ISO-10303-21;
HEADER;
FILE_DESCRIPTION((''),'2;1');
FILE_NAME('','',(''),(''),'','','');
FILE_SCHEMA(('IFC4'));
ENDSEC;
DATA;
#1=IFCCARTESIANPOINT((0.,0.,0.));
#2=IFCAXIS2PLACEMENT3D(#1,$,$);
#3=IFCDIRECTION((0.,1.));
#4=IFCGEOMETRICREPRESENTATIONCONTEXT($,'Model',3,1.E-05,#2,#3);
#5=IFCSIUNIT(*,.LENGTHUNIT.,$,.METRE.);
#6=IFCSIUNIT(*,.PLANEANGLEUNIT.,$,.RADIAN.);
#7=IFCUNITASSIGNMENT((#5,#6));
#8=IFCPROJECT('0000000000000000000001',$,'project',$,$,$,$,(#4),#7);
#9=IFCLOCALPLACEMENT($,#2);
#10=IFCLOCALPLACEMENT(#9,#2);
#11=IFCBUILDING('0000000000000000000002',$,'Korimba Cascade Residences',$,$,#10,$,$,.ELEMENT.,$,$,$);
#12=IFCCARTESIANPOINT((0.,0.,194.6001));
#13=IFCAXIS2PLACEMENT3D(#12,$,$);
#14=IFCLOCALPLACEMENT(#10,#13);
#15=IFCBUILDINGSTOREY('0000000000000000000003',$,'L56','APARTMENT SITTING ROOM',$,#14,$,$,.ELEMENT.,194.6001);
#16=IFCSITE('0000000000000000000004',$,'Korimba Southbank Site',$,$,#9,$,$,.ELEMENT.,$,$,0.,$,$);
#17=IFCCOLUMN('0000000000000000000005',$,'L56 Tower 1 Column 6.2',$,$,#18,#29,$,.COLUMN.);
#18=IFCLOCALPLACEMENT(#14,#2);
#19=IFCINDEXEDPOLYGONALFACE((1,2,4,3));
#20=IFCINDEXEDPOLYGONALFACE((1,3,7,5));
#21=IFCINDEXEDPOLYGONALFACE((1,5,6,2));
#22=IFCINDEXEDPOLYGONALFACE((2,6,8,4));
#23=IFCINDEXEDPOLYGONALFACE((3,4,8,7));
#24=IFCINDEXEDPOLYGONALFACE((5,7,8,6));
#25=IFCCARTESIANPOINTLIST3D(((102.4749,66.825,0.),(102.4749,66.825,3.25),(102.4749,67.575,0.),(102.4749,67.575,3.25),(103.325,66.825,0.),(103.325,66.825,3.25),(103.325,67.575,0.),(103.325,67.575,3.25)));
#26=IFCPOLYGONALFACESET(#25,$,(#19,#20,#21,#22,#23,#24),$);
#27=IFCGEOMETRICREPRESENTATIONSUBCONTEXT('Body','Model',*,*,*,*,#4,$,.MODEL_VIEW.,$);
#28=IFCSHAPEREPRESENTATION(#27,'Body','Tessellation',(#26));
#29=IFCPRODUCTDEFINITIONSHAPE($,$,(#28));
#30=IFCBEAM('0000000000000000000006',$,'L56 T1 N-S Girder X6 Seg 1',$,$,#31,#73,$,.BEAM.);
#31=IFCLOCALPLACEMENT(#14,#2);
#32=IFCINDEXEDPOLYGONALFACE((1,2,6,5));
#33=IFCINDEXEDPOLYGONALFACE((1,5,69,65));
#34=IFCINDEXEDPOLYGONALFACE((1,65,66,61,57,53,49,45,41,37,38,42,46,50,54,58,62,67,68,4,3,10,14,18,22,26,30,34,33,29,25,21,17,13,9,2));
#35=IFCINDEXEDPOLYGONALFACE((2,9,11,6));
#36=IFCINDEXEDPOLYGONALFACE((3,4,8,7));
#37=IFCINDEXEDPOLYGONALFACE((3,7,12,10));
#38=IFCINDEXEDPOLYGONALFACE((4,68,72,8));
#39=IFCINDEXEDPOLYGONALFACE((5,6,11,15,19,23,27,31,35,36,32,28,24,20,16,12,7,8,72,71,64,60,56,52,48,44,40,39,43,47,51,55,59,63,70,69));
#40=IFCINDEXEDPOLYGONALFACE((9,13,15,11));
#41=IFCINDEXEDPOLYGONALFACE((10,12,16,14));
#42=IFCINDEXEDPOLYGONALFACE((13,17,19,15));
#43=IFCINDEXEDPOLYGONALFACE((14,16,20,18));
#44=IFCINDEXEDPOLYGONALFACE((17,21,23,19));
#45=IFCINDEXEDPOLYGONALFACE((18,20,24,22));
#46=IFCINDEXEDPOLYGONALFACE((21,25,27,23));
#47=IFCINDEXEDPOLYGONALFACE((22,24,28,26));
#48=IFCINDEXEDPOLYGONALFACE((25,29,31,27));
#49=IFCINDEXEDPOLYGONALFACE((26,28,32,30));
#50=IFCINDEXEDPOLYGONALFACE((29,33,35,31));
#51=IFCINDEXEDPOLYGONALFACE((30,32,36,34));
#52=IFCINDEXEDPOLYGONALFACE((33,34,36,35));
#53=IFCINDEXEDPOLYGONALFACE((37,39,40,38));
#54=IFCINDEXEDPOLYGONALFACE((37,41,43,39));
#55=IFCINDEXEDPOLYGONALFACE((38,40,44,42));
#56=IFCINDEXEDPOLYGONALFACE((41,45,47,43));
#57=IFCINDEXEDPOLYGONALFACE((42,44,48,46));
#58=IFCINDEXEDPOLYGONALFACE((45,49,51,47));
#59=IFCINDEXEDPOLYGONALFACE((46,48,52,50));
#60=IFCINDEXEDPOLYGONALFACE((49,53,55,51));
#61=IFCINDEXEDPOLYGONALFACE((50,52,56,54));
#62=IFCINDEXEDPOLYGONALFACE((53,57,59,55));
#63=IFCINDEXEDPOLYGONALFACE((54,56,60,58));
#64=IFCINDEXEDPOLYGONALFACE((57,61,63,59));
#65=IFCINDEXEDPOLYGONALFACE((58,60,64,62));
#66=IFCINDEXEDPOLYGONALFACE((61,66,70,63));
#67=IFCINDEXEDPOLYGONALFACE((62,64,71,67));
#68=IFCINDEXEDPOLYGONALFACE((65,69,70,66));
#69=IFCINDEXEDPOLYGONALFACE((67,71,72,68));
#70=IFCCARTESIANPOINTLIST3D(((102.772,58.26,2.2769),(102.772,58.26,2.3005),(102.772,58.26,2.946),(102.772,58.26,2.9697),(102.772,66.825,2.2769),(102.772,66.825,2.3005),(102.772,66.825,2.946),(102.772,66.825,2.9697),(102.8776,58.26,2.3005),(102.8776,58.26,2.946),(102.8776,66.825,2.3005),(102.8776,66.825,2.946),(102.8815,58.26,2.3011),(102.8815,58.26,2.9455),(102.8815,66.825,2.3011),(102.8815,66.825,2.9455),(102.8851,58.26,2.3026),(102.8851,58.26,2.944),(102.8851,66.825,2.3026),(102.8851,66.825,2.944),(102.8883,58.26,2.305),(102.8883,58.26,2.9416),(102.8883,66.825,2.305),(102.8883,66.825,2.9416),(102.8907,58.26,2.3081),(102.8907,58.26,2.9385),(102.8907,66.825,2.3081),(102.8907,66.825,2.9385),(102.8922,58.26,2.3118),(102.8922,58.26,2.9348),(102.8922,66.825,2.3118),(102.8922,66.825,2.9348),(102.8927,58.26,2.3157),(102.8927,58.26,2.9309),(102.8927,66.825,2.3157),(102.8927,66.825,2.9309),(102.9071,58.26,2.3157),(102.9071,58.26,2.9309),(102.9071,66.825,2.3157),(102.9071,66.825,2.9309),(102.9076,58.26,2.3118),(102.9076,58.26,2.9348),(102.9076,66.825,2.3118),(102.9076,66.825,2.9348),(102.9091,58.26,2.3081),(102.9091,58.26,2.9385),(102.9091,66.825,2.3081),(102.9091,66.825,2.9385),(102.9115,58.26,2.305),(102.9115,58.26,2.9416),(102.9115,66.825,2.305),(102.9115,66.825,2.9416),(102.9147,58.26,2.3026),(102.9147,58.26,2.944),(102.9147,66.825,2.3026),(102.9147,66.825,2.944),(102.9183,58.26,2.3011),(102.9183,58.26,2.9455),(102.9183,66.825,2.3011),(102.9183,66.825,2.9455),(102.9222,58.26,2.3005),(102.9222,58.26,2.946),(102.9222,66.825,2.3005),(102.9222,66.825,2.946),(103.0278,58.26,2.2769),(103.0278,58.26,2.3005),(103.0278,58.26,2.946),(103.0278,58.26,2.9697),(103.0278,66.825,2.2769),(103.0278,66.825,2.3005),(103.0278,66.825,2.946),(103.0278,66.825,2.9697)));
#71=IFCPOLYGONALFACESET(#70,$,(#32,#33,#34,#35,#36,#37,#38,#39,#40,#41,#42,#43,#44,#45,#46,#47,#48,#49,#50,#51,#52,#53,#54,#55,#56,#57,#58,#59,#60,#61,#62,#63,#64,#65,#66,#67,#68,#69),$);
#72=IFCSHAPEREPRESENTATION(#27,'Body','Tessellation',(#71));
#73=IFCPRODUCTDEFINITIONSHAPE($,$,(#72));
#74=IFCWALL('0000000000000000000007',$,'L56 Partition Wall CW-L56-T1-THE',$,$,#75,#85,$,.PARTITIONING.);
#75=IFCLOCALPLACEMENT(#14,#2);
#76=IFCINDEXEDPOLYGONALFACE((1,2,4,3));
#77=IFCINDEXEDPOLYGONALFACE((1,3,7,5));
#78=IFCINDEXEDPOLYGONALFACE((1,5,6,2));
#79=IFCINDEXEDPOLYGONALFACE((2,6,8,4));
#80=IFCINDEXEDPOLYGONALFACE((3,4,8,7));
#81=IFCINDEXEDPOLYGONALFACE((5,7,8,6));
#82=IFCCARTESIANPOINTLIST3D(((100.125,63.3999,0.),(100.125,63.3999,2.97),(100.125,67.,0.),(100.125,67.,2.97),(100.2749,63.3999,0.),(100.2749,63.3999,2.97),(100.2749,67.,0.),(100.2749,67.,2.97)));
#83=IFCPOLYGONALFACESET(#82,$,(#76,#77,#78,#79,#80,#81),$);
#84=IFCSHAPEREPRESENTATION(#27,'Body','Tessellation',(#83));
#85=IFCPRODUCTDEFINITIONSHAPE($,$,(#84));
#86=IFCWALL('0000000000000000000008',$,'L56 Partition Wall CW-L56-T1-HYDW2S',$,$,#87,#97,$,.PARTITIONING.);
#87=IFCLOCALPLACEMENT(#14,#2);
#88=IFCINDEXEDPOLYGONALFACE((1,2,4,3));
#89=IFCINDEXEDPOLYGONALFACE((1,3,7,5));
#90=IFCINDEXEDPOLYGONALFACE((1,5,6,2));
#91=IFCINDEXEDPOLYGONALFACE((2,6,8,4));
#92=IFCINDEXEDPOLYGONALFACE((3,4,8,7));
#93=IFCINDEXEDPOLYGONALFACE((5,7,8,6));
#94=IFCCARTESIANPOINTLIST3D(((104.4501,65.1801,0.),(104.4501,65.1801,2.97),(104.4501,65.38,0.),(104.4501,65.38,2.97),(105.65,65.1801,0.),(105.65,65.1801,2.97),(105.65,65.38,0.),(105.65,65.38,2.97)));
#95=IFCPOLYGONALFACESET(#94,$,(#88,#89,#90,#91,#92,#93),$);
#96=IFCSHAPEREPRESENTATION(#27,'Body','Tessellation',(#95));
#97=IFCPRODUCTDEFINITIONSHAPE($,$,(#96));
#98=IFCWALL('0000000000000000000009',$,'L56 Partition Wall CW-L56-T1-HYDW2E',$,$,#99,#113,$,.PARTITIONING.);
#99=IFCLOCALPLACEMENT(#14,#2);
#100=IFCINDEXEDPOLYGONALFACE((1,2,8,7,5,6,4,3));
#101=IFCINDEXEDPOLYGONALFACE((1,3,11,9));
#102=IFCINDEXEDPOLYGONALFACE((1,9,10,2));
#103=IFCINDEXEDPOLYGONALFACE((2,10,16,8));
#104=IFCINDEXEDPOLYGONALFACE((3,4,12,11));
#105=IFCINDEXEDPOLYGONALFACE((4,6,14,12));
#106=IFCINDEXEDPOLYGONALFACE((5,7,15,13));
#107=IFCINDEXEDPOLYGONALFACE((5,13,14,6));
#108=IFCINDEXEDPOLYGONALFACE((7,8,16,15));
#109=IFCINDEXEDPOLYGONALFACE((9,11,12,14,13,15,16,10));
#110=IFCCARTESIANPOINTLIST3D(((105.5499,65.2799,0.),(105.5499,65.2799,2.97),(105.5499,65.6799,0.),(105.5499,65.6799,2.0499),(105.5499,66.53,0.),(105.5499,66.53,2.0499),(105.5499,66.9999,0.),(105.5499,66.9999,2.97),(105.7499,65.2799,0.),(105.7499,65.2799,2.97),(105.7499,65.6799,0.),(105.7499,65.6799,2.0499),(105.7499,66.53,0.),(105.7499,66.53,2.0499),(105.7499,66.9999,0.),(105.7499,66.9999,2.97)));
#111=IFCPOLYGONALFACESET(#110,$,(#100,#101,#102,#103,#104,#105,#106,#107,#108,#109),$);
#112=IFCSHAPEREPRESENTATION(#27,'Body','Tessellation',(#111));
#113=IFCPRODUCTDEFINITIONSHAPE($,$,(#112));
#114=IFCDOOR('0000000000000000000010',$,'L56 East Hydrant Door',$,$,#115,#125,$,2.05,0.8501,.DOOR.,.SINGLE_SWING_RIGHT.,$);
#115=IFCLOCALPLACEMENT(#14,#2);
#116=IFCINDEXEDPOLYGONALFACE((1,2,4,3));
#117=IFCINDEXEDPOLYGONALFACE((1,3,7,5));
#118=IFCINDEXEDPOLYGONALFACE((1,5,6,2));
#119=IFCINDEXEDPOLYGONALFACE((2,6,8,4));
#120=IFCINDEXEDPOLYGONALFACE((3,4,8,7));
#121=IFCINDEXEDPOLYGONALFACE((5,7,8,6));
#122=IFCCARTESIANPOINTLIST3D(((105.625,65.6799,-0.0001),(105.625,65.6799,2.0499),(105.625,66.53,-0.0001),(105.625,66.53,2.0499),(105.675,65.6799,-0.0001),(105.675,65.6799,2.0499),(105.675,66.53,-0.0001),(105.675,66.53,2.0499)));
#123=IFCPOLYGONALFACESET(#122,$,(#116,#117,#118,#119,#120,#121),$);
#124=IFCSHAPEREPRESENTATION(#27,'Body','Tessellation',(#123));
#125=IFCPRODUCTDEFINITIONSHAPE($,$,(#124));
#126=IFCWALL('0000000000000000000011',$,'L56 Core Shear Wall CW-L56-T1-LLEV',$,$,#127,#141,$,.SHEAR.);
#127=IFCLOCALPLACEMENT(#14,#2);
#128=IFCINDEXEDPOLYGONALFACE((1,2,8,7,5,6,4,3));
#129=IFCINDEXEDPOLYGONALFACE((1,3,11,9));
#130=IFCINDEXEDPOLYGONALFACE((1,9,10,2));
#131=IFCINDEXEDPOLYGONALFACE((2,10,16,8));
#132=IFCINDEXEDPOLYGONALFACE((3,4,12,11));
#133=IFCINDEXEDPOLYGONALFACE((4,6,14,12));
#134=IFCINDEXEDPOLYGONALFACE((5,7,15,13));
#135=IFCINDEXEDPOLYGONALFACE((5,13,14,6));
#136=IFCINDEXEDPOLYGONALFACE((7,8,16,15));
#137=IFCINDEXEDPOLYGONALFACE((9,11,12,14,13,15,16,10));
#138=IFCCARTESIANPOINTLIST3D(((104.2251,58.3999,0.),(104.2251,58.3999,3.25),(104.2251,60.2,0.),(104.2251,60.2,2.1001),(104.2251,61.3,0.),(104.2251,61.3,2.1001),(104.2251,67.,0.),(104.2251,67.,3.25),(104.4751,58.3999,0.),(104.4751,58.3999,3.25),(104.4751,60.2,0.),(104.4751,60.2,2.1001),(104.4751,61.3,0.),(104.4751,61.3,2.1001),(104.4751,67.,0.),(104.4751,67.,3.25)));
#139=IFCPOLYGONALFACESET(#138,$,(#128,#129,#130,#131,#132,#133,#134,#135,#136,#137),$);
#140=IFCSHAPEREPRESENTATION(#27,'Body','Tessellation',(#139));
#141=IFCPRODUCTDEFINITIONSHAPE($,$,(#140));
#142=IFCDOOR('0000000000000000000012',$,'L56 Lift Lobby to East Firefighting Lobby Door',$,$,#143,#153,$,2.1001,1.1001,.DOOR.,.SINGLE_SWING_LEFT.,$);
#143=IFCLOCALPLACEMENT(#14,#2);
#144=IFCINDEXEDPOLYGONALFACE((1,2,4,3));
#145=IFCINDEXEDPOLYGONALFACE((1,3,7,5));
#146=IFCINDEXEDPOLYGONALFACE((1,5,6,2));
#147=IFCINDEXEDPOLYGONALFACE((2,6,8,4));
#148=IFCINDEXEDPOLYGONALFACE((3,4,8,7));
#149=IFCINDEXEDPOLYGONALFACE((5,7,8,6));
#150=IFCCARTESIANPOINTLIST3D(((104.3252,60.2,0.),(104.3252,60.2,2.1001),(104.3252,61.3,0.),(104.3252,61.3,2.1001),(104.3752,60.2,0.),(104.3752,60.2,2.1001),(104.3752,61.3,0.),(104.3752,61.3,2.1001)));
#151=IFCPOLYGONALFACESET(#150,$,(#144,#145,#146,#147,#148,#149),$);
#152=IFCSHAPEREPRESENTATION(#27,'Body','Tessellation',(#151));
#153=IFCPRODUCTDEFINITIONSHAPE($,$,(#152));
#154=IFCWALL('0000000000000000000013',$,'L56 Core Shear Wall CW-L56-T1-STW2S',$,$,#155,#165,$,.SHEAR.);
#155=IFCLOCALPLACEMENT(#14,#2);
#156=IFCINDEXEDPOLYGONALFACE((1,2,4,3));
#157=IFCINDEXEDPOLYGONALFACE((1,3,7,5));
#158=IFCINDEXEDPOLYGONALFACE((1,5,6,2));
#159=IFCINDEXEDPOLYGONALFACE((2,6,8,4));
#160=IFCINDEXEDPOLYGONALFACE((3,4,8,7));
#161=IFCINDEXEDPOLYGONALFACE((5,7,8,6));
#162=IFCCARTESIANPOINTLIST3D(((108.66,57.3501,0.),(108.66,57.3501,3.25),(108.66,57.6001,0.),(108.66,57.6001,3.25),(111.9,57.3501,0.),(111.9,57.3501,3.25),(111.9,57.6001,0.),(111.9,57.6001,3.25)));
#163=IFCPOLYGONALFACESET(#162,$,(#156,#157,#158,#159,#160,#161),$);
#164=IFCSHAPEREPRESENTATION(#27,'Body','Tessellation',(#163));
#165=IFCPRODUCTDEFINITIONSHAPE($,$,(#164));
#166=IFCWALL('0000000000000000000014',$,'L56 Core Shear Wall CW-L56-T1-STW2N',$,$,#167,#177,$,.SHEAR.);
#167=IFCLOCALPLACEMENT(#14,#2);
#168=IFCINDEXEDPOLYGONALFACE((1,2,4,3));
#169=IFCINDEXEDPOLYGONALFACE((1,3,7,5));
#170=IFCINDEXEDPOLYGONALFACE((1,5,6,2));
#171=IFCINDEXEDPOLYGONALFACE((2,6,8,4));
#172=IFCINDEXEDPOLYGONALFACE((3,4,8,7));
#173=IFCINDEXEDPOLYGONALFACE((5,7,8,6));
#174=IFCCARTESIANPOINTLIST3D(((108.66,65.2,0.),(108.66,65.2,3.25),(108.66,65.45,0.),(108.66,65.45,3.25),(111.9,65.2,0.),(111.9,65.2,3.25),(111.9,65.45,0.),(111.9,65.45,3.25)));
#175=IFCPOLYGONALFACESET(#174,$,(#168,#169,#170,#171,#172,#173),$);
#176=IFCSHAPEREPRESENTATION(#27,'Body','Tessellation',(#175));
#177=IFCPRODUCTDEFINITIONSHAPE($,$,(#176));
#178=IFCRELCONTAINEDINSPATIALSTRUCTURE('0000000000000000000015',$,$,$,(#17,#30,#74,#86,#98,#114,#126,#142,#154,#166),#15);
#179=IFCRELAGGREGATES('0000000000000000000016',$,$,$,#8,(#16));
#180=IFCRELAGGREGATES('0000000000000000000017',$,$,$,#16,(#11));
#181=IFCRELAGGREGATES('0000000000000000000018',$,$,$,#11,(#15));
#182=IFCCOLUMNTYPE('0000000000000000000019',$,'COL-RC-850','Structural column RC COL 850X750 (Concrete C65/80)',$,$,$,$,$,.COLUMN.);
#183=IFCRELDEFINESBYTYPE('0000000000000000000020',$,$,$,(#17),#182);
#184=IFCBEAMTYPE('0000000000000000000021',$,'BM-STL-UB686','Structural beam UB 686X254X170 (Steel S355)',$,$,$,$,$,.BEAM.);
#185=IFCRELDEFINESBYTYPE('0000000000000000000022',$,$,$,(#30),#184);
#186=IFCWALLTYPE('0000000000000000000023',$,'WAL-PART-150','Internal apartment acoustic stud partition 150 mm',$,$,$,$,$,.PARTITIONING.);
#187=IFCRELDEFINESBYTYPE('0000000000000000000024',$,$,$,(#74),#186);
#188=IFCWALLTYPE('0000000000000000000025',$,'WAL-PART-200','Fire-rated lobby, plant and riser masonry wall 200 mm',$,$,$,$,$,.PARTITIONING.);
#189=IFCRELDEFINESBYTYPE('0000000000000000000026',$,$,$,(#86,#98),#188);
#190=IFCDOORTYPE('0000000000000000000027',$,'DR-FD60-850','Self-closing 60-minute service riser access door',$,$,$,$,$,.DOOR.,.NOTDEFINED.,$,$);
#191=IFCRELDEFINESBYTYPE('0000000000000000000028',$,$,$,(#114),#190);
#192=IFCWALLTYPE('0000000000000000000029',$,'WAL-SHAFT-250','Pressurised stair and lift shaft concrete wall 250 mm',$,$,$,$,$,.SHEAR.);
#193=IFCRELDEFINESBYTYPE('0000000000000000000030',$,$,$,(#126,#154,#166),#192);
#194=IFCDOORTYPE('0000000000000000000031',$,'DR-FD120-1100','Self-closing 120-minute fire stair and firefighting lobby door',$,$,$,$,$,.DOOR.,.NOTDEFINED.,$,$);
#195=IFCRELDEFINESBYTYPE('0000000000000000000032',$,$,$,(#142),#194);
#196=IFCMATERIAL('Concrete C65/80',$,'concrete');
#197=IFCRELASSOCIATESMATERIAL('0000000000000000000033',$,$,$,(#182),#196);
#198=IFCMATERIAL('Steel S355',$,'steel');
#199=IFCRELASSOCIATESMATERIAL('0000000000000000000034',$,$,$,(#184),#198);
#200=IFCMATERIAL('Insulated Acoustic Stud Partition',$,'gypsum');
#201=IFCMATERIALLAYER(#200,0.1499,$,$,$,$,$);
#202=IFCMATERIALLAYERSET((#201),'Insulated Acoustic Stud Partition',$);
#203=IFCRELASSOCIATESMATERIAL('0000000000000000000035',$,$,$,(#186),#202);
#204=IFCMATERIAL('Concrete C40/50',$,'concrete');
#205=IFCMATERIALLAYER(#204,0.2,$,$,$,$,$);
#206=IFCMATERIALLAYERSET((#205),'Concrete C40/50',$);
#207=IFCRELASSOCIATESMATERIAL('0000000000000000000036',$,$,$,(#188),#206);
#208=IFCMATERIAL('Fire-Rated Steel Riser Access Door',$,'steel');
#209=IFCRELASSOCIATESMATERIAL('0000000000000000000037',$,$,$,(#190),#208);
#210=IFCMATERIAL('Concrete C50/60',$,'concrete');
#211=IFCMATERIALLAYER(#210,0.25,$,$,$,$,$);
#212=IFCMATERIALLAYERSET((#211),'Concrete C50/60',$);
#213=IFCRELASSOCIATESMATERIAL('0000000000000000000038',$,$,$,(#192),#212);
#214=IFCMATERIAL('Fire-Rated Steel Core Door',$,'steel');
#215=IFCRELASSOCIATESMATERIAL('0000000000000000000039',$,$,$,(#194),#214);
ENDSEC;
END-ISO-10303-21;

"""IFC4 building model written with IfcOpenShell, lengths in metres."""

from ifc_helpers import new_model, si_unit, direction, frame, frame_2d, origin, origin_2d, place, context, subcontext, project, spatial, rectangle, i_section, extrude, material, layer, layer_set, material_profile, profile_set, type_object, element, fill, save


model = new_model("IFC4")

# Units and contexts
model_context = context("Model", 3, precision=1e-05, world=origin(), true_north=direction((0.0, 1.0)))
body_context = subcontext(model_context, "Body", "Model", "MODEL_VIEW")
ifc_project = project(units=[si_unit("LENGTHUNIT", "METRE"), si_unit("PLANEANGLEUNIT", "RADIAN")], contexts=[model_context])

# Site, building, storey
site_placement = place(None, origin())
site = spatial("IfcSite", under=ifc_project, at=site_placement, Name="Korimba Southbank Site", CompositionType="ELEMENT", RefElevation=0.0)
building_placement = place(site_placement, origin())
building = spatial("IfcBuilding", under=site, at=building_placement, Name="Korimba Cascade Residences", CompositionType="ELEMENT")
storey_placement = place(building_placement, frame((0.0, 0.0, 194.6001)))
storey = spatial("IfcBuildingStorey", under=building, at=storey_placement, Name="L56", Description="APARTMENT SITTING ROOM", CompositionType="ELEMENT", Elevation=194.6001)

# Column
ifc_material_1 = material(Name="Concrete C65/80", Category="concrete")
ifc_material_profile_1 = material_profile(ifc_material_1, rectangle(XDim=0.8501, YDim=0.75, at=origin_2d()), Name="Concrete C65/80")
ifc_profile_set_1 = profile_set([ifc_material_profile_1], Name="Concrete C65/80")
column_type = type_object("IfcColumnType", Name="COL-RC-850", Description="Structural column RC COL 850X750 (Concrete C65/80)", PredefinedType="COLUMN", material=ifc_profile_set_1)
column_placement = place(storey_placement, frame((102.8999, 67.2, 0.0), z_axis=(0.0, 0.0, 1.0), x_axis=(1.0, 0.0, 0.0)))
element("IfcColumn", 1, at=column_placement, inside=storey, type_object=column_type, Name="L56 Tower 1 Column 6.2", PredefinedType="COLUMN", context=body_context, shape_type="SweptSolid", body=[
    extrude(rectangle(XDim=0.8501, YDim=0.75, at=origin_2d()), origin(), (0.0, 0.0, 1.0), 3.25),
])

# Beam
ifc_material_2 = material(Name="Steel S355", Category="steel")
ifc_material_profile_2 = material_profile(ifc_material_2, i_section(OverallWidth=0.2559, OverallDepth=0.6929, WebThickness=0.0144, FlangeThickness=0.0237, FilletRadius=0.0151, at=origin_2d()), Name="Steel S355")
ifc_profile_set_2 = profile_set([ifc_material_profile_2], Name="Steel S355")
beam_type = type_object("IfcBeamType", Name="BM-STL-UB686", Description="Structural beam UB 686X254X170 (Steel S355)", PredefinedType="BEAM", material=ifc_profile_set_2)
beam_placement = place(storey_placement, frame((102.8999, 58.26, 2.6233), z_axis=(0.0, 1.0, 0.0), x_axis=(-1.0, 0.0, 0.0)))
element("IfcBeam", 2, at=beam_placement, inside=storey, type_object=beam_type, Name="L56 T1 N-S Girder X6 Seg 1", PredefinedType="BEAM", context=body_context, shape_type="SweptSolid", body=[
    extrude(i_section(OverallWidth=0.2559, OverallDepth=0.6929, WebThickness=0.0144, FlangeThickness=0.0237, FilletRadius=0.0151, at=origin_2d()), origin(), (0.0, 0.0, 1.0), 8.5649),
])

# Walls
ifc_material_3 = material(Name="Insulated Acoustic Stud Partition", Category="gypsum")
ifc_layer_1 = layer(ifc_material_3, 0.1499)
ifc_layer_set_1 = layer_set([ifc_layer_1], Name="Insulated Acoustic Stud Partition")
wall_type_1 = type_object("IfcWallType", Name="WAL-PART-150", Description="Internal apartment acoustic stud partition 150 mm", PredefinedType="PARTITIONING", material=ifc_layer_set_1)
wall_1_placement = place(storey_placement, frame((100.2, 63.3999, 0.0), z_axis=(0.0, 0.0, 1.0), x_axis=(0.0, 1.0, 0.0)))
element("IfcWall", 3, at=wall_1_placement, inside=storey, type_object=wall_type_1, Name="L56 Partition Wall CW-L56-T1-THE", PredefinedType="PARTITIONING", context=body_context, shape_type="SweptSolid", body=[
    extrude(rectangle(XDim=3.6001, YDim=0.1499, at=frame_2d((1.8, 0.0))), origin(), (0.0, 0.0, 1.0), 2.97),
])
ifc_material_4 = material(Name="Concrete C40/50", Category="concrete")
ifc_layer_2 = layer(ifc_material_4, 0.2)
ifc_layer_set_2 = layer_set([ifc_layer_2], Name="Concrete C40/50")
wall_type_2 = type_object("IfcWallType", Name="WAL-PART-200", Description="Fire-rated lobby, plant and riser masonry wall 200 mm", PredefinedType="PARTITIONING", material=ifc_layer_set_2)
wall_2_placement = place(storey_placement, frame((104.45, 65.28, 0.0), z_axis=(0.0, 0.0, 1.0), x_axis=(1.0, 0.0, 0.0)))
element("IfcWall", 4, at=wall_2_placement, inside=storey, type_object=wall_type_2, Name="L56 Partition Wall CW-L56-T1-HYDW2S", PredefinedType="PARTITIONING", context=body_context, shape_type="SweptSolid", body=[
    extrude(rectangle(XDim=1.2, YDim=0.2, at=frame_2d((0.6001, 0.0))), origin(), (0.0, 0.0, 1.0), 2.97),
])

# Wall, opening, door
wall_3_placement = place(storey_placement, frame((105.6499, 65.28, 0.0), z_axis=(0.0, 0.0, 1.0), x_axis=(0.0, 1.0, 0.0)))
wall_3 = element("IfcWall", 5, at=wall_3_placement, inside=storey, type_object=wall_type_2, Name="L56 Partition Wall CW-L56-T1-HYDW2E", PredefinedType="PARTITIONING", context=body_context, shape_type="SweptSolid", body=[
    extrude(rectangle(XDim=1.72, YDim=0.2, at=frame_2d((0.8599, 0.0))), origin(), (0.0, 0.0, 1.0), 2.97),
])
opening_1_placement = place(wall_3_placement, frame((0.3999, 0.0, 0.0)))
opening_1 = element("IfcOpeningElement", 6, at=opening_1_placement, cuts=wall_3, PredefinedType="OPENING", context=body_context, shape_type="SweptSolid", body=[
    extrude(rectangle(XDim=0.8501, YDim=2.05, at=frame_2d((0.425, 1.0249))), frame((0.0, 0.1099, 0.0), z_axis=(0.0, -1.0, 0.0), x_axis=(1.0, 0.0, 0.0)), (0.0, 0.0, 1.0), 0.22),
])
ifc_material_5 = material(Name="Fire-Rated Steel Riser Access Door", Category="steel")
door_type_1 = type_object("IfcDoorType", Name="DR-FD60-850", Description="Self-closing 60-minute service riser access door", OperationType="NOTDEFINED", PredefinedType="DOOR", material=ifc_material_5)
door_1_placement = place(opening_1_placement, origin())
door_1 = element("IfcDoor", 7, at=door_1_placement, inside=storey, type_object=door_type_1, Name="L56 East Hydrant Door", OperationType="SINGLE_SWING_RIGHT", OverallHeight=2.05, OverallWidth=0.8501, PredefinedType="DOOR", context=body_context, shape_type="SweptSolid", body=[
    extrude(rectangle(XDim=0.8501, YDim=2.05, at=frame_2d((0.425, 1.0249))), frame((0.0, 0.0249, 0.0), z_axis=(0.0, -1.0, 0.0), x_axis=(1.0, 0.0, 0.0)), (0.0, 0.0, 1.0), 0.05),
])
fill(opening_1, door_1)

# Shared definitions
ifc_material_6 = material(Name="Concrete C50/60", Category="concrete")
ifc_layer_3 = layer(ifc_material_6, 0.25)
ifc_layer_set_3 = layer_set([ifc_layer_3], Name="Concrete C50/60")
wall_type_3 = type_object("IfcWallType", Name="WAL-SHAFT-250", Description="Pressurised stair and lift shaft concrete wall 250 mm", PredefinedType="SHEAR", material=ifc_layer_set_3)

# Wall, opening, door
wall_4_placement = place(storey_placement, frame((104.3501, 58.3999, 0.0), z_axis=(0.0, 0.0, 1.0), x_axis=(0.0, 1.0, 0.0)))
wall_4 = element("IfcWall", 8, at=wall_4_placement, inside=storey, type_object=wall_type_3, Name="L56 Core Shear Wall CW-L56-T1-LLEV", PredefinedType="SHEAR", context=body_context, shape_type="SweptSolid", body=[
    extrude(rectangle(XDim=8.6001, YDim=0.25, at=frame_2d((4.3, 0.0))), origin(), (0.0, 0.0, 1.0), 3.25),
])
opening_2_placement = place(wall_4_placement, frame((1.8, 0.0, 0.0)))
opening_2 = element("IfcOpeningElement", 9, at=opening_2_placement, cuts=wall_4, PredefinedType="OPENING", context=body_context, shape_type="SweptSolid", body=[
    extrude(rectangle(XDim=1.1001, YDim=2.1001, at=frame_2d((0.55, 1.05))), frame((0.0, 0.135, 0.0), z_axis=(0.0, -1.0, 0.0), x_axis=(1.0, 0.0, 0.0)), (0.0, 0.0, 1.0), 0.27),
])
ifc_material_7 = material(Name="Fire-Rated Steel Core Door", Category="steel")
door_type_2 = type_object("IfcDoorType", Name="DR-FD120-1100", Description="Self-closing 120-minute fire stair and firefighting lobby door", OperationType="NOTDEFINED", PredefinedType="DOOR", material=ifc_material_7)
door_2_placement = place(opening_2_placement, origin())
door_2 = element("IfcDoor", 10, at=door_2_placement, inside=storey, type_object=door_type_2, Name="L56 Lift Lobby to East Firefighting Lobby Door", OperationType="SINGLE_SWING_LEFT", OverallHeight=2.1001, OverallWidth=1.1001, PredefinedType="DOOR", context=body_context, shape_type="SweptSolid", body=[
    extrude(rectangle(XDim=1.1001, YDim=2.1001, at=frame_2d((0.55, 1.05))), frame((0.0, 0.0249, 0.0), z_axis=(0.0, -1.0, 0.0), x_axis=(1.0, 0.0, 0.0)), (0.0, 0.0, 1.0), 0.05),
])
fill(opening_2, door_2)

# Walls
for number, where, z_axis, x_axis, name in (
    (11, (108.6599, 57.4751, 0.0), (0.0, 0.0, 1.0), (1.0, 0.0, 0.0), "L56 Core Shear Wall CW-L56-T1-STW2S"),
    (12, (108.6599, 65.325, 0.0), (0.0, 0.0, 1.0), (1.0, 0.0, 0.0), "L56 Core Shear Wall CW-L56-T1-STW2N"),
):
    element("IfcWall", number, at=place(storey_placement, frame(where, z_axis=z_axis, x_axis=x_axis)), inside=storey, type_object=wall_type_3, Name=name, PredefinedType="SHEAR", context=body_context, shape_type="SweptSolid", body=[
        extrude(rectangle(XDim=3.24, YDim=0.25, at=frame_2d((1.6201, 0.0))), origin(), (0.0, 0.0, 1.0), 3.25),
    ])

save(model, "model.ifc")
